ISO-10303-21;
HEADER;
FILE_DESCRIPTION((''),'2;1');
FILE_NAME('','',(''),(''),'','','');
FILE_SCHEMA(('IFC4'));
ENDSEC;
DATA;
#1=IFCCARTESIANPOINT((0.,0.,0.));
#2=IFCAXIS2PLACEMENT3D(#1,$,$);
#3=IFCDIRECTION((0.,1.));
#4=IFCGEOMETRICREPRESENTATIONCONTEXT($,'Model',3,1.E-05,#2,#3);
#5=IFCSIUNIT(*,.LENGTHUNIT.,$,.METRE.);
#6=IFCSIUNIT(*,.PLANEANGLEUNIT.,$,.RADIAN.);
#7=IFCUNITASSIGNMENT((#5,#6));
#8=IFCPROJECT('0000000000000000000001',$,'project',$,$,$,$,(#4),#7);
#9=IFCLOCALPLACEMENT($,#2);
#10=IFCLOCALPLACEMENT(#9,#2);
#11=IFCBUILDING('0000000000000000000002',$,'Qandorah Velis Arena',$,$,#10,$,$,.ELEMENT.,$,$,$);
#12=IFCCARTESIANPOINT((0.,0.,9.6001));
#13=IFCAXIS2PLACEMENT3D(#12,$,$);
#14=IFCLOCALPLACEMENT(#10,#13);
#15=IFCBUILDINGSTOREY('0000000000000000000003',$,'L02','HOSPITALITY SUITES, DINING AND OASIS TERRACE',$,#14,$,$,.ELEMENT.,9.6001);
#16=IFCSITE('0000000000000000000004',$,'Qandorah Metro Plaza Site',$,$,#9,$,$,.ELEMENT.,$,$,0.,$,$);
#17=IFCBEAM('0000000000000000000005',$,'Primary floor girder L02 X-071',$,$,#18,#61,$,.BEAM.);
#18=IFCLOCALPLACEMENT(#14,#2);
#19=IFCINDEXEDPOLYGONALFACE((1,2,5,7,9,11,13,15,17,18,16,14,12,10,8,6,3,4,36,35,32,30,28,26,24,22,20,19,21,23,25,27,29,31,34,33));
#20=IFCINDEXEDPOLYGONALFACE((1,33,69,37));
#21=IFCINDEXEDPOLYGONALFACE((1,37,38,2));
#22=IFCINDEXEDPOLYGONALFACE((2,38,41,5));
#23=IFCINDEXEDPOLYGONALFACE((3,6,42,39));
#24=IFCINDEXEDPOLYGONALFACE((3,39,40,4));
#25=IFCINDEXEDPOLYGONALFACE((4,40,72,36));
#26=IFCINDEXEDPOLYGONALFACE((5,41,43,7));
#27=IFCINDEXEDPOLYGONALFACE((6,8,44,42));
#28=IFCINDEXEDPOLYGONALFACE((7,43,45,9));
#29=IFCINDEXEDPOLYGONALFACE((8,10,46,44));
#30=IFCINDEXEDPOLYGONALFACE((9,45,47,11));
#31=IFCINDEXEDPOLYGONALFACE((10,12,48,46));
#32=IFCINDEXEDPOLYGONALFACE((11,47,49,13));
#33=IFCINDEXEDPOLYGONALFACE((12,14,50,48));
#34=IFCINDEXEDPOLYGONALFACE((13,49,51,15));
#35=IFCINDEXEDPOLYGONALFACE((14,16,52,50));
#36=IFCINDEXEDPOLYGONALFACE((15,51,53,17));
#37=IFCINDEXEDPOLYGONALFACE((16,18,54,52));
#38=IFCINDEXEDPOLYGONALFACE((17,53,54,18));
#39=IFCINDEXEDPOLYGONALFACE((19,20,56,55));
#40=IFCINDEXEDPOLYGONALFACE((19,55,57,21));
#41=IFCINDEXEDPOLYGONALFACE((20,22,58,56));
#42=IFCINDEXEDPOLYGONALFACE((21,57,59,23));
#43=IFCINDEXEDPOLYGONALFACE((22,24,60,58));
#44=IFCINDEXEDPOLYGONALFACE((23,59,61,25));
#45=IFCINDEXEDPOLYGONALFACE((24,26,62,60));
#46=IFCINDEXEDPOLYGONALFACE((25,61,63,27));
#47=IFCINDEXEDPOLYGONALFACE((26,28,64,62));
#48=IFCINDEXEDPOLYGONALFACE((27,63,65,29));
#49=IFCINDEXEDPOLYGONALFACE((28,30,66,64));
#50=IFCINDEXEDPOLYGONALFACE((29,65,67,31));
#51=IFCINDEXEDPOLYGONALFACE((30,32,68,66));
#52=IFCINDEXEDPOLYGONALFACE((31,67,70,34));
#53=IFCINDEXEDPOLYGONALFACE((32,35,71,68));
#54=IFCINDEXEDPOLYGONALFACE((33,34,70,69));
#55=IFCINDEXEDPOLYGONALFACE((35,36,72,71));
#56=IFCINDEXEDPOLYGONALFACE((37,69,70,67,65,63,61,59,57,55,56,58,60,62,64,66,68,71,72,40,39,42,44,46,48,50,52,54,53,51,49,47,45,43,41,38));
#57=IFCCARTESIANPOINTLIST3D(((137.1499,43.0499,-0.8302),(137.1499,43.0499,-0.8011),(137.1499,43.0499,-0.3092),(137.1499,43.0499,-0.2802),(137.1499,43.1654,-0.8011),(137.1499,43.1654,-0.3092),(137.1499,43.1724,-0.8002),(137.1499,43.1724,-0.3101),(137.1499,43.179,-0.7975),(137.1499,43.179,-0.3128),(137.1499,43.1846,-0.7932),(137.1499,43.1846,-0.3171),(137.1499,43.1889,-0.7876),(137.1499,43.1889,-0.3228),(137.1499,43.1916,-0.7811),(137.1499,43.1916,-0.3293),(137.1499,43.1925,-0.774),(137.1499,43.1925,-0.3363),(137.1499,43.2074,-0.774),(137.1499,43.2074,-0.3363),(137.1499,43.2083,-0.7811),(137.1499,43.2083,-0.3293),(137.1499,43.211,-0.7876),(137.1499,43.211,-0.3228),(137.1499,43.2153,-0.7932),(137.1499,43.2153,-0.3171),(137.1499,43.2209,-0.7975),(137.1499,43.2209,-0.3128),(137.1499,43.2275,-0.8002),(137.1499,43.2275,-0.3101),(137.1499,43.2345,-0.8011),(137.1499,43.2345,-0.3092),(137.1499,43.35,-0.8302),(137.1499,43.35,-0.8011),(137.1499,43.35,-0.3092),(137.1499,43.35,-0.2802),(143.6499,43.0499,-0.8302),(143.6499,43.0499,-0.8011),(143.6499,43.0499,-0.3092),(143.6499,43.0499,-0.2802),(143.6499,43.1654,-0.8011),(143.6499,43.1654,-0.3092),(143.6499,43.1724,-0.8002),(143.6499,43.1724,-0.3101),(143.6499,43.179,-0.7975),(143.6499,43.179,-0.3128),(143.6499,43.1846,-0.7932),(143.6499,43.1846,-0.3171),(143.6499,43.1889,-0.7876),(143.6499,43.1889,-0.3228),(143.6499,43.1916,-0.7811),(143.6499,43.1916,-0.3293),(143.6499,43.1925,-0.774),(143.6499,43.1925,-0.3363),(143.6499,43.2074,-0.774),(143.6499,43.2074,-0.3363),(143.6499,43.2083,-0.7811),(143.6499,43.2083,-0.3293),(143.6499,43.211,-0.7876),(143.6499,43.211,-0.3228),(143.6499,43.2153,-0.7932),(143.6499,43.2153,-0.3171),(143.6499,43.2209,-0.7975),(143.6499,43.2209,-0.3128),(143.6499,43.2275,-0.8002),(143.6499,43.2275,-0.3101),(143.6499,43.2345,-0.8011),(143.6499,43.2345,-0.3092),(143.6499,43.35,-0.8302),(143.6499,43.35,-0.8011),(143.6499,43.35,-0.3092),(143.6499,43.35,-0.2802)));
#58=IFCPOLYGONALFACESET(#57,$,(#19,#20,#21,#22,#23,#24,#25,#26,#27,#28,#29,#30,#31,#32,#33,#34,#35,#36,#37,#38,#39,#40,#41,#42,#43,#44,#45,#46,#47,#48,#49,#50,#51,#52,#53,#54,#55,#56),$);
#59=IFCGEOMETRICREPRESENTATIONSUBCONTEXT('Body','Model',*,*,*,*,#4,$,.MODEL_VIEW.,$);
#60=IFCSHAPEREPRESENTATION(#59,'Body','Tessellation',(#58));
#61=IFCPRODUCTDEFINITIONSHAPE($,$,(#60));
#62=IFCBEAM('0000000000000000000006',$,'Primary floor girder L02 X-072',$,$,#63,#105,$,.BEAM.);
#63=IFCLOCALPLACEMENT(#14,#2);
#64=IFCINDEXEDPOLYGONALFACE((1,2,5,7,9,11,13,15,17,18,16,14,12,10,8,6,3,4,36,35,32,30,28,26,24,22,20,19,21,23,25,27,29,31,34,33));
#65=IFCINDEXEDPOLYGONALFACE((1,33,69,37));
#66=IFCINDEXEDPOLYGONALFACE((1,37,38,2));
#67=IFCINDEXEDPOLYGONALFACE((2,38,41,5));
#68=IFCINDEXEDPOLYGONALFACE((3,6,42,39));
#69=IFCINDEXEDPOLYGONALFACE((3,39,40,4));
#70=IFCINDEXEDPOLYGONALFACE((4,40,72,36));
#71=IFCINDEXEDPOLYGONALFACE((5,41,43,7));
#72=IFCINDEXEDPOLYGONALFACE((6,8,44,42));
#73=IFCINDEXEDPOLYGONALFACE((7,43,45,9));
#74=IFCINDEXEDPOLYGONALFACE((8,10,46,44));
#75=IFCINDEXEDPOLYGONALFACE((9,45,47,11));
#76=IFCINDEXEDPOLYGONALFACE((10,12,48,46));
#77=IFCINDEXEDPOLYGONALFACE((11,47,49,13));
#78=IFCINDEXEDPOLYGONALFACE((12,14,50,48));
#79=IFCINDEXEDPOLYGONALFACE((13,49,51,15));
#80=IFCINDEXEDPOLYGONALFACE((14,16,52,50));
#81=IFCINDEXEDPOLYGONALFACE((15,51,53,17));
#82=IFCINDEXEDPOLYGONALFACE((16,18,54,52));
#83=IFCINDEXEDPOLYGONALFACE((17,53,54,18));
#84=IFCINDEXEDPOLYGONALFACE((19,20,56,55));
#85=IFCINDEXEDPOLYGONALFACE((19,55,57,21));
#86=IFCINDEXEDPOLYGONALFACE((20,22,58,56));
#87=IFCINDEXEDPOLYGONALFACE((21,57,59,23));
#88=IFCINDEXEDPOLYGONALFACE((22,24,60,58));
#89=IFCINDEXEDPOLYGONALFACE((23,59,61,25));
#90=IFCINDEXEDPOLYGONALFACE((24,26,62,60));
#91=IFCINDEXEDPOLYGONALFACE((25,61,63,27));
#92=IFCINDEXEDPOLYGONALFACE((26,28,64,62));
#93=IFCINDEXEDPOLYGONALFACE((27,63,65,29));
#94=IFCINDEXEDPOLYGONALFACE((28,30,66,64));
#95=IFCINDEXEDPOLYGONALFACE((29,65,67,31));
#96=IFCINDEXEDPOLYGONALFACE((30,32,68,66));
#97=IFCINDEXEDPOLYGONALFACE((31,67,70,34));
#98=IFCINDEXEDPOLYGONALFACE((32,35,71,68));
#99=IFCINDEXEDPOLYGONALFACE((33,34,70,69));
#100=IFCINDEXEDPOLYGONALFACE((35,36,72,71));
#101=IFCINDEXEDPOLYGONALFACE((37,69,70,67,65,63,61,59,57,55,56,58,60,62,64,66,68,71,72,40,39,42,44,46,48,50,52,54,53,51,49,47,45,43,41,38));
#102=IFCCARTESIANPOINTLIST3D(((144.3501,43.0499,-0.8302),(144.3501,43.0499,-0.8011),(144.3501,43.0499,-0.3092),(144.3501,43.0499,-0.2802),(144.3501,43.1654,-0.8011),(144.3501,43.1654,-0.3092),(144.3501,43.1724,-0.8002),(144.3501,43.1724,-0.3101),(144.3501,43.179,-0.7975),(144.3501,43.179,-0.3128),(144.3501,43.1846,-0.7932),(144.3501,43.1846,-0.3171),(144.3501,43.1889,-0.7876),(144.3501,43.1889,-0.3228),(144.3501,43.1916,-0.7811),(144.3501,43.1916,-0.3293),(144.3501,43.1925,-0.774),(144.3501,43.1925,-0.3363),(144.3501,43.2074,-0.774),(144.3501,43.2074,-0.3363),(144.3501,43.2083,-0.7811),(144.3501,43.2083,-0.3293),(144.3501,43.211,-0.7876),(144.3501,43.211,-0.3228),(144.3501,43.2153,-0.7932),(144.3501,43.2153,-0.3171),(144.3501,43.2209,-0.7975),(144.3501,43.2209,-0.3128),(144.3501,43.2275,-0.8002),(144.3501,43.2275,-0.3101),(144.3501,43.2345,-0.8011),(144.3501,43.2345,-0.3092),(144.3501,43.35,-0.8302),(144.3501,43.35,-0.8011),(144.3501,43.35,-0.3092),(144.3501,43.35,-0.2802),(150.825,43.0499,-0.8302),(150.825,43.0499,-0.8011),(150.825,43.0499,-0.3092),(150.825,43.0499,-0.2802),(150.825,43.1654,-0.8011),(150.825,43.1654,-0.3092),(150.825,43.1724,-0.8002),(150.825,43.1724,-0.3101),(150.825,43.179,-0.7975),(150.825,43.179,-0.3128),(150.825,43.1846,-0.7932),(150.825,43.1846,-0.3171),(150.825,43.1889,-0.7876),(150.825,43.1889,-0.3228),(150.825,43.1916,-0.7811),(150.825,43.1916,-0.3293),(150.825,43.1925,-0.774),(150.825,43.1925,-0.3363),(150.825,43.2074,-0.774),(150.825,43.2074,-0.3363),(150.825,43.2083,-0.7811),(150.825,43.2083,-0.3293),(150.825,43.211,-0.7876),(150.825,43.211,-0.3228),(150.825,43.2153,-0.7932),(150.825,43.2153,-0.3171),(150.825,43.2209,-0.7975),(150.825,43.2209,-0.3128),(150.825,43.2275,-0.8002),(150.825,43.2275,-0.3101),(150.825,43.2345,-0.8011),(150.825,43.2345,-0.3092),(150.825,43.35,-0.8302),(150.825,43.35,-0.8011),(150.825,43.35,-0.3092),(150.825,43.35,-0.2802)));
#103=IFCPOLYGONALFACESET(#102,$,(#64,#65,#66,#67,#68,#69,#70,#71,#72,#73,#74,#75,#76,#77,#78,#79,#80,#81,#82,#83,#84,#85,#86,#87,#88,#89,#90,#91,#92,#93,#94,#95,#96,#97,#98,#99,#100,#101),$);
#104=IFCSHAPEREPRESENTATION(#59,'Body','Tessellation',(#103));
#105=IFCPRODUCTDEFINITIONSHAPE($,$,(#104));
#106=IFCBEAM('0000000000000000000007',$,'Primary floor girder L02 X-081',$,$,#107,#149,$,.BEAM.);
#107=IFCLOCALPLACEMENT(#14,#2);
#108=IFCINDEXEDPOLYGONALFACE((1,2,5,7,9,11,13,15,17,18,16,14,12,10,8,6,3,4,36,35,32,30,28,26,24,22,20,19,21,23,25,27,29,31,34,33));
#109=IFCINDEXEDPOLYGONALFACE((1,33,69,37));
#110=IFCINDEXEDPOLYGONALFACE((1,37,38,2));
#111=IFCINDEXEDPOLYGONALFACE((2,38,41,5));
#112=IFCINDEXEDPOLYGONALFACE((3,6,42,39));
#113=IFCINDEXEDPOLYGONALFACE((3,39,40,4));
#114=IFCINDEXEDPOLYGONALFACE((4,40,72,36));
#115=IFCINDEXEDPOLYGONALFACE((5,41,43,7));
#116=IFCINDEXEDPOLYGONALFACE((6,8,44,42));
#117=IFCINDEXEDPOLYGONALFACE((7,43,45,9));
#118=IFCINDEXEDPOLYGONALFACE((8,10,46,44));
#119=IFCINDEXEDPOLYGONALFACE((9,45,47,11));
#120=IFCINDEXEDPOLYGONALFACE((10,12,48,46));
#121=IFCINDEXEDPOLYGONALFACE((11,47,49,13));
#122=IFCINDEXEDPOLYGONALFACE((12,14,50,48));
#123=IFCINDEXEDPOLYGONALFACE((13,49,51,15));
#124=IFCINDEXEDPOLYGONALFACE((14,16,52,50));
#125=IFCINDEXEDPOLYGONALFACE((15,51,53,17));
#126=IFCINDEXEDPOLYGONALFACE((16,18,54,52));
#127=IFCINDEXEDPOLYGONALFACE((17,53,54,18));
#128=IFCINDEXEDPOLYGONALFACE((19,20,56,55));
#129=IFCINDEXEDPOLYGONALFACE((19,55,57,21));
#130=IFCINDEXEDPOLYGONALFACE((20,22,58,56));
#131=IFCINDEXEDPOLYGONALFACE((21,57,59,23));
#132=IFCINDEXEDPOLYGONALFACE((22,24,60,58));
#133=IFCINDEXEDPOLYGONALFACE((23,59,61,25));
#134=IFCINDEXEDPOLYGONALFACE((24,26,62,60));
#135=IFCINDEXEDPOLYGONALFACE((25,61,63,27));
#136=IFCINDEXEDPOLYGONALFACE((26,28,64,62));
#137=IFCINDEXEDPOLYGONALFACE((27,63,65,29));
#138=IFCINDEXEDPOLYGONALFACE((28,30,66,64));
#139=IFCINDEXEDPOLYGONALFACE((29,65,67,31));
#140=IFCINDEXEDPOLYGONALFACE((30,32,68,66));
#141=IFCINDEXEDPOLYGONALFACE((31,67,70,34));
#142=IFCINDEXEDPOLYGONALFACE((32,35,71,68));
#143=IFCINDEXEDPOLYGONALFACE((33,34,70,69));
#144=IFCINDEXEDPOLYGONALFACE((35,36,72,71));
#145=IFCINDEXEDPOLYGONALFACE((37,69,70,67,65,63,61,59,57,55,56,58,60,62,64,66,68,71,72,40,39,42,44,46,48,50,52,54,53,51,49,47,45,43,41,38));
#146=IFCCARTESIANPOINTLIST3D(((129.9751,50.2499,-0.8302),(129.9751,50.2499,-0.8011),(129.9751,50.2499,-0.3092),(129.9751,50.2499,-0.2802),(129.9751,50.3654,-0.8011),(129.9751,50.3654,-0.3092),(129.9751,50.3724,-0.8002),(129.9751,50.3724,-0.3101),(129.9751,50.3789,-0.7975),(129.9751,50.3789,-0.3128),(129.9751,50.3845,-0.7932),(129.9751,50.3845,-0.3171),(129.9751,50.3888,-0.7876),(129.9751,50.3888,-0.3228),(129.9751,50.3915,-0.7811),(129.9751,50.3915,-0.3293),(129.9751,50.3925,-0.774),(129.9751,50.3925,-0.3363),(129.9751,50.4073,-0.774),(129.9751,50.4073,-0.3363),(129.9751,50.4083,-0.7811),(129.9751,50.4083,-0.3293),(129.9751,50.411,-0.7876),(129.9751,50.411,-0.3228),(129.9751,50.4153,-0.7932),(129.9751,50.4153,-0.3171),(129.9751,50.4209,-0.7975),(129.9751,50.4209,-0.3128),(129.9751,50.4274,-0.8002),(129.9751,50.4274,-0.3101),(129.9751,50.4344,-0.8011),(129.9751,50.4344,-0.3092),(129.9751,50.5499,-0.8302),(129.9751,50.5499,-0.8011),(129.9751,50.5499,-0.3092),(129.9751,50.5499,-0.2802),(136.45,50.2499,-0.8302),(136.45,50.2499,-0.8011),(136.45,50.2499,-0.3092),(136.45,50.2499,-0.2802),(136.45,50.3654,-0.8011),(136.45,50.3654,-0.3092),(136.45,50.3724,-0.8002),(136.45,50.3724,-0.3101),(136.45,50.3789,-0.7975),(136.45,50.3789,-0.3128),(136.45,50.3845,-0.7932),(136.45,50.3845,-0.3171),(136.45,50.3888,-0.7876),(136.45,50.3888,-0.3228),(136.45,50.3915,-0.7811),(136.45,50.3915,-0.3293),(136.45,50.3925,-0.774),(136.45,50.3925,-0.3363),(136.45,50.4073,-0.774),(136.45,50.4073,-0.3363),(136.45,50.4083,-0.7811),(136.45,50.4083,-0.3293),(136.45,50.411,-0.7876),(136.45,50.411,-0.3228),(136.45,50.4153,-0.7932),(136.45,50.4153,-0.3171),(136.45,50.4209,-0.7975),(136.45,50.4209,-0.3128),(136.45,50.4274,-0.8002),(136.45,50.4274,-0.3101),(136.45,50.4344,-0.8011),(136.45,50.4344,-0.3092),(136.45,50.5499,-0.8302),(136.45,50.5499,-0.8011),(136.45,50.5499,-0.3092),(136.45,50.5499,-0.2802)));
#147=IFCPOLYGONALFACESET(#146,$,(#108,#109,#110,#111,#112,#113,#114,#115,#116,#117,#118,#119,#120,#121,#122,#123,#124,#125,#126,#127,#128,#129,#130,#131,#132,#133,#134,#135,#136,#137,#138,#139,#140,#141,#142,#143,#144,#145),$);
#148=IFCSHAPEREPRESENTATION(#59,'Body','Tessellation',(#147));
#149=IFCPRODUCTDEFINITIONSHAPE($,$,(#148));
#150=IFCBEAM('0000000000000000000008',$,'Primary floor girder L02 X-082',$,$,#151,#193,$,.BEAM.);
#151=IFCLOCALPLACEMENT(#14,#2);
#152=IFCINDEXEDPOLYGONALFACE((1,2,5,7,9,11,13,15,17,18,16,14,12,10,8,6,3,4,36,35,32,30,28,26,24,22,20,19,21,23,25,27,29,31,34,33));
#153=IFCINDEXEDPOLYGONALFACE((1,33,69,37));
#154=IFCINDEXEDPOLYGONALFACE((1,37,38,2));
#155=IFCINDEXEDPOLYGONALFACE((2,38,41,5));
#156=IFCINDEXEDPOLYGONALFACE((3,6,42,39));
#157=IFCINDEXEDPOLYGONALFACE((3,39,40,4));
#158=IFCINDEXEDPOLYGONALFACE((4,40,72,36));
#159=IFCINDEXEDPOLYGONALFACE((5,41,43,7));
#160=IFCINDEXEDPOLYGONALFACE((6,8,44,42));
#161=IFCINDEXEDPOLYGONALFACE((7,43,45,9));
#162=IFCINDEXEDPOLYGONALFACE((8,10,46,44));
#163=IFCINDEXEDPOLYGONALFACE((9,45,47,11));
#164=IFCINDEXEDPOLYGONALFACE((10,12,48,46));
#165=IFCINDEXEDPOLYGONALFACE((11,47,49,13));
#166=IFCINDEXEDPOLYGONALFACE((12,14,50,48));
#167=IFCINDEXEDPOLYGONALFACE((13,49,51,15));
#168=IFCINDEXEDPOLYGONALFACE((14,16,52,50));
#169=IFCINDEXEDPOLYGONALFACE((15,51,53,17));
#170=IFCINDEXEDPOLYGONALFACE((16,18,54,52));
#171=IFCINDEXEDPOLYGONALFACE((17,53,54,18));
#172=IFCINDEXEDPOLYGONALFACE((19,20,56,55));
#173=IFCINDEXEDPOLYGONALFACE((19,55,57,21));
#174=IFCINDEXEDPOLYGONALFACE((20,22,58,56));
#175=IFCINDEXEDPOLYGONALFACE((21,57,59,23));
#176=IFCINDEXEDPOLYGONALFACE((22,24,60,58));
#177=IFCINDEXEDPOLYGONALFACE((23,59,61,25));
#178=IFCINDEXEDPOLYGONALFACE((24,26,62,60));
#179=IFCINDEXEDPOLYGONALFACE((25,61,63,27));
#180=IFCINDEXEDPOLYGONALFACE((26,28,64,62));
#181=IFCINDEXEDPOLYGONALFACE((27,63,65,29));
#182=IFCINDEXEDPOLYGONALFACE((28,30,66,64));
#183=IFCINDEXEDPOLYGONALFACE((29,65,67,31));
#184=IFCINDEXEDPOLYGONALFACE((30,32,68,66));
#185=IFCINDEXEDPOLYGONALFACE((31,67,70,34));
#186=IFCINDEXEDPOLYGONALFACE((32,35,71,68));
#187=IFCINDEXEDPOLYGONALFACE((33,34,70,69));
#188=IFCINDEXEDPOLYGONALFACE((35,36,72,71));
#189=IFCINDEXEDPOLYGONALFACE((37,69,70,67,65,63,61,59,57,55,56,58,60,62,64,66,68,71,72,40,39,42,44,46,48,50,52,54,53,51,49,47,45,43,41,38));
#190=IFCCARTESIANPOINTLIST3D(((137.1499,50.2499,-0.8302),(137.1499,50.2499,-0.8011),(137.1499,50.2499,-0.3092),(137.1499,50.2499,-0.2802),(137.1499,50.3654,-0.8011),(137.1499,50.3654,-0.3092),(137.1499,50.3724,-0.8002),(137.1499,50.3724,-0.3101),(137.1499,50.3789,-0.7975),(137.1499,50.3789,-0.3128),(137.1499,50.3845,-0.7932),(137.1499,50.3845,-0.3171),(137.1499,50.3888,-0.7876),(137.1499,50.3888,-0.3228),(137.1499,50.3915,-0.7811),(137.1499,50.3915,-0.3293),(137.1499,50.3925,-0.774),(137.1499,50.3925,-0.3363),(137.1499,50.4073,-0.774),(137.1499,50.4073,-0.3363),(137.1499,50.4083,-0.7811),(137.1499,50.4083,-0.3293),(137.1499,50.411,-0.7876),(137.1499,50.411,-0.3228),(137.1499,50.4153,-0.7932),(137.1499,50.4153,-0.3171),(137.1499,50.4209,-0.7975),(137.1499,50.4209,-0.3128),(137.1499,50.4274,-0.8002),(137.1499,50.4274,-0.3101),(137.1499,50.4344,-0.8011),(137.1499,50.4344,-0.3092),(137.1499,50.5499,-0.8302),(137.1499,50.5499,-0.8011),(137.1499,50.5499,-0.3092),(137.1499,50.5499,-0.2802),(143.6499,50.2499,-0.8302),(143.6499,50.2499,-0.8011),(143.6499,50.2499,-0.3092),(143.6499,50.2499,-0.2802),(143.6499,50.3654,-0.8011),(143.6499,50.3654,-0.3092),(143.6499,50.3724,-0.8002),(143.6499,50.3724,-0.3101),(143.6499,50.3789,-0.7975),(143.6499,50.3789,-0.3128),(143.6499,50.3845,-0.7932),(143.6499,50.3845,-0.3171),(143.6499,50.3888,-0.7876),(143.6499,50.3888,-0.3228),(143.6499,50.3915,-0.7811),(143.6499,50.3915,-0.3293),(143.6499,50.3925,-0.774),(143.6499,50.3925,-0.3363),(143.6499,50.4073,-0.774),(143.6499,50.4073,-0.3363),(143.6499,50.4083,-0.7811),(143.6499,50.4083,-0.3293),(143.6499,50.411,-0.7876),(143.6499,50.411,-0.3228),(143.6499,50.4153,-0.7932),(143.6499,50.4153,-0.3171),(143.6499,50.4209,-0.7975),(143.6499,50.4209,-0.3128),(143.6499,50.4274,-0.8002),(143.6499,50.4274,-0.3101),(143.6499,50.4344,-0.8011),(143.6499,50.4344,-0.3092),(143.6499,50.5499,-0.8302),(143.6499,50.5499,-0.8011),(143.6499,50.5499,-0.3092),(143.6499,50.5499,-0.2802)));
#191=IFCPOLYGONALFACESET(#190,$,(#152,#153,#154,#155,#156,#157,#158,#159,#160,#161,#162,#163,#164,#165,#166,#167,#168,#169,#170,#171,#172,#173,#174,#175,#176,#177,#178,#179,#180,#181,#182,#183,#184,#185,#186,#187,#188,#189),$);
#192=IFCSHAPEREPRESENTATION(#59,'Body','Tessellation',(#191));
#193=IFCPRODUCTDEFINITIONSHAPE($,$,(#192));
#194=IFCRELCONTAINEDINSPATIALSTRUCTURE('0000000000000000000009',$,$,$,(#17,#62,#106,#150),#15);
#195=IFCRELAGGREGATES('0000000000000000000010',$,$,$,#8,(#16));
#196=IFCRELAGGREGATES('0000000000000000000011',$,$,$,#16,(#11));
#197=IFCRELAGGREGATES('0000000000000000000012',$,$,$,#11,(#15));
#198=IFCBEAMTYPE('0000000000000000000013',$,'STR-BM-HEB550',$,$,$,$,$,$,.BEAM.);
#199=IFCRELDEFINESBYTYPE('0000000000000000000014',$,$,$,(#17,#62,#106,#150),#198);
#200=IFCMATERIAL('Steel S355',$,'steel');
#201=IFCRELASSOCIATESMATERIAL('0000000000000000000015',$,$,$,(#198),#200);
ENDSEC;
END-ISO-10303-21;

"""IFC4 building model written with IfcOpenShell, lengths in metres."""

from ifc_helpers import new_model, si_unit, direction, frame, origin, origin_2d, place, context, subcontext, project, spatial, i_section, extrude, material, material_profile, profile_set, type_object, element, save


model = new_model("IFC4")

# Units and contexts
model_context = context("Model", 3, precision=1e-05, world=origin(), true_north=direction((0.0, 1.0)))
body_context = subcontext(model_context, "Body", "Model", "MODEL_VIEW")
ifc_project = project(units=[si_unit("LENGTHUNIT", "METRE"), si_unit("PLANEANGLEUNIT", "RADIAN")], contexts=[model_context])

# Site, building, storey
site_placement = place(None, origin())
site = spatial("IfcSite", under=ifc_project, at=site_placement, Name="Qandorah Metro Plaza Site", CompositionType="ELEMENT", RefElevation=0.0)
building_placement = place(site_placement, origin())
building = spatial("IfcBuilding", under=site, at=building_placement, Name="Qandorah Velis Arena", CompositionType="ELEMENT")
storey_placement = place(building_placement, frame((0.0, 0.0, 9.6001)))
storey = spatial("IfcBuildingStorey", under=building, at=storey_placement, Name="L02", Description="HOSPITALITY SUITES, DINING AND OASIS TERRACE", CompositionType="ELEMENT", Elevation=9.6001)

# Shared definitions
ifc_material_1 = material(Name="Steel S355", Category="steel")

# Beams
ifc_material_profile_1 = material_profile(ifc_material_1, i_section(OverallWidth=0.3, OverallDepth=0.55, WebThickness=0.0149, FlangeThickness=0.0291, FilletRadius=0.0271, at=origin_2d()), Name="HEB 550")
ifc_profile_set_1 = profile_set([ifc_material_profile_1], Name="Steel S355")
beam_type_1 = type_object("IfcBeamType", Name="STR-BM-HEB550", PredefinedType="BEAM", material=ifc_profile_set_1)
beam_placement = place(storey_placement, frame((137.1499, 43.2, -0.5552), z_axis=(1.0, 0.0, 0.0), x_axis=(0.0, 1.0, 0.0)))
element("IfcBeam", 1, at=beam_placement, inside=storey, type_object=beam_type_1, Name="Primary floor girder L02 X-071", PredefinedType="BEAM", context=body_context, shape_type="SweptSolid", body=[
    extrude(i_section(OverallWidth=0.3, OverallDepth=0.55, WebThickness=0.0149, FlangeThickness=0.0291, FilletRadius=0.0271, at=origin_2d()), origin(), (0.0, 0.0, 1.0), 6.5),
])
for number, where, z_axis, x_axis, name in (
    (2, (144.3501, 43.2, -0.5552), (1.0, 0.0, 0.0), (0.0, 1.0, 0.0), "Primary floor girder L02 X-072"),
    (3, (129.9751, 50.3999, -0.5552), (1.0, 0.0, 0.0), (0.0, 1.0, 0.0), "Primary floor girder L02 X-081"),
):
    element("IfcBeam", number, at=place(storey_placement, frame(where, z_axis=z_axis, x_axis=x_axis)), inside=storey, type_object=beam_type_1, Name=name, PredefinedType="BEAM", context=body_context, shape_type="SweptSolid", body=[
        extrude(i_section(OverallWidth=0.3, OverallDepth=0.55, WebThickness=0.0149, FlangeThickness=0.0291, FilletRadius=0.0271, at=origin_2d()), origin(), (0.0, 0.0, 1.0), 6.4749),
    ])
for number, where, z_axis, x_axis, name in (
    (4, (137.1499, 50.3999, -0.5552), (1.0, 0.0, 0.0), (0.0, 1.0, 0.0), "Primary floor girder L02 X-082"),
):
    element("IfcBeam", number, at=place(storey_placement, frame(where, z_axis=z_axis, x_axis=x_axis)), inside=storey, type_object=beam_type_1, Name=name, PredefinedType="BEAM", context=body_context, shape_type="SweptSolid", body=[
        extrude(i_section(OverallWidth=0.3, OverallDepth=0.55, WebThickness=0.0149, FlangeThickness=0.0291, FilletRadius=0.0271, at=origin_2d()), origin(), (0.0, 0.0, 1.0), 6.5),
    ])

save(model, "model.ifc")
